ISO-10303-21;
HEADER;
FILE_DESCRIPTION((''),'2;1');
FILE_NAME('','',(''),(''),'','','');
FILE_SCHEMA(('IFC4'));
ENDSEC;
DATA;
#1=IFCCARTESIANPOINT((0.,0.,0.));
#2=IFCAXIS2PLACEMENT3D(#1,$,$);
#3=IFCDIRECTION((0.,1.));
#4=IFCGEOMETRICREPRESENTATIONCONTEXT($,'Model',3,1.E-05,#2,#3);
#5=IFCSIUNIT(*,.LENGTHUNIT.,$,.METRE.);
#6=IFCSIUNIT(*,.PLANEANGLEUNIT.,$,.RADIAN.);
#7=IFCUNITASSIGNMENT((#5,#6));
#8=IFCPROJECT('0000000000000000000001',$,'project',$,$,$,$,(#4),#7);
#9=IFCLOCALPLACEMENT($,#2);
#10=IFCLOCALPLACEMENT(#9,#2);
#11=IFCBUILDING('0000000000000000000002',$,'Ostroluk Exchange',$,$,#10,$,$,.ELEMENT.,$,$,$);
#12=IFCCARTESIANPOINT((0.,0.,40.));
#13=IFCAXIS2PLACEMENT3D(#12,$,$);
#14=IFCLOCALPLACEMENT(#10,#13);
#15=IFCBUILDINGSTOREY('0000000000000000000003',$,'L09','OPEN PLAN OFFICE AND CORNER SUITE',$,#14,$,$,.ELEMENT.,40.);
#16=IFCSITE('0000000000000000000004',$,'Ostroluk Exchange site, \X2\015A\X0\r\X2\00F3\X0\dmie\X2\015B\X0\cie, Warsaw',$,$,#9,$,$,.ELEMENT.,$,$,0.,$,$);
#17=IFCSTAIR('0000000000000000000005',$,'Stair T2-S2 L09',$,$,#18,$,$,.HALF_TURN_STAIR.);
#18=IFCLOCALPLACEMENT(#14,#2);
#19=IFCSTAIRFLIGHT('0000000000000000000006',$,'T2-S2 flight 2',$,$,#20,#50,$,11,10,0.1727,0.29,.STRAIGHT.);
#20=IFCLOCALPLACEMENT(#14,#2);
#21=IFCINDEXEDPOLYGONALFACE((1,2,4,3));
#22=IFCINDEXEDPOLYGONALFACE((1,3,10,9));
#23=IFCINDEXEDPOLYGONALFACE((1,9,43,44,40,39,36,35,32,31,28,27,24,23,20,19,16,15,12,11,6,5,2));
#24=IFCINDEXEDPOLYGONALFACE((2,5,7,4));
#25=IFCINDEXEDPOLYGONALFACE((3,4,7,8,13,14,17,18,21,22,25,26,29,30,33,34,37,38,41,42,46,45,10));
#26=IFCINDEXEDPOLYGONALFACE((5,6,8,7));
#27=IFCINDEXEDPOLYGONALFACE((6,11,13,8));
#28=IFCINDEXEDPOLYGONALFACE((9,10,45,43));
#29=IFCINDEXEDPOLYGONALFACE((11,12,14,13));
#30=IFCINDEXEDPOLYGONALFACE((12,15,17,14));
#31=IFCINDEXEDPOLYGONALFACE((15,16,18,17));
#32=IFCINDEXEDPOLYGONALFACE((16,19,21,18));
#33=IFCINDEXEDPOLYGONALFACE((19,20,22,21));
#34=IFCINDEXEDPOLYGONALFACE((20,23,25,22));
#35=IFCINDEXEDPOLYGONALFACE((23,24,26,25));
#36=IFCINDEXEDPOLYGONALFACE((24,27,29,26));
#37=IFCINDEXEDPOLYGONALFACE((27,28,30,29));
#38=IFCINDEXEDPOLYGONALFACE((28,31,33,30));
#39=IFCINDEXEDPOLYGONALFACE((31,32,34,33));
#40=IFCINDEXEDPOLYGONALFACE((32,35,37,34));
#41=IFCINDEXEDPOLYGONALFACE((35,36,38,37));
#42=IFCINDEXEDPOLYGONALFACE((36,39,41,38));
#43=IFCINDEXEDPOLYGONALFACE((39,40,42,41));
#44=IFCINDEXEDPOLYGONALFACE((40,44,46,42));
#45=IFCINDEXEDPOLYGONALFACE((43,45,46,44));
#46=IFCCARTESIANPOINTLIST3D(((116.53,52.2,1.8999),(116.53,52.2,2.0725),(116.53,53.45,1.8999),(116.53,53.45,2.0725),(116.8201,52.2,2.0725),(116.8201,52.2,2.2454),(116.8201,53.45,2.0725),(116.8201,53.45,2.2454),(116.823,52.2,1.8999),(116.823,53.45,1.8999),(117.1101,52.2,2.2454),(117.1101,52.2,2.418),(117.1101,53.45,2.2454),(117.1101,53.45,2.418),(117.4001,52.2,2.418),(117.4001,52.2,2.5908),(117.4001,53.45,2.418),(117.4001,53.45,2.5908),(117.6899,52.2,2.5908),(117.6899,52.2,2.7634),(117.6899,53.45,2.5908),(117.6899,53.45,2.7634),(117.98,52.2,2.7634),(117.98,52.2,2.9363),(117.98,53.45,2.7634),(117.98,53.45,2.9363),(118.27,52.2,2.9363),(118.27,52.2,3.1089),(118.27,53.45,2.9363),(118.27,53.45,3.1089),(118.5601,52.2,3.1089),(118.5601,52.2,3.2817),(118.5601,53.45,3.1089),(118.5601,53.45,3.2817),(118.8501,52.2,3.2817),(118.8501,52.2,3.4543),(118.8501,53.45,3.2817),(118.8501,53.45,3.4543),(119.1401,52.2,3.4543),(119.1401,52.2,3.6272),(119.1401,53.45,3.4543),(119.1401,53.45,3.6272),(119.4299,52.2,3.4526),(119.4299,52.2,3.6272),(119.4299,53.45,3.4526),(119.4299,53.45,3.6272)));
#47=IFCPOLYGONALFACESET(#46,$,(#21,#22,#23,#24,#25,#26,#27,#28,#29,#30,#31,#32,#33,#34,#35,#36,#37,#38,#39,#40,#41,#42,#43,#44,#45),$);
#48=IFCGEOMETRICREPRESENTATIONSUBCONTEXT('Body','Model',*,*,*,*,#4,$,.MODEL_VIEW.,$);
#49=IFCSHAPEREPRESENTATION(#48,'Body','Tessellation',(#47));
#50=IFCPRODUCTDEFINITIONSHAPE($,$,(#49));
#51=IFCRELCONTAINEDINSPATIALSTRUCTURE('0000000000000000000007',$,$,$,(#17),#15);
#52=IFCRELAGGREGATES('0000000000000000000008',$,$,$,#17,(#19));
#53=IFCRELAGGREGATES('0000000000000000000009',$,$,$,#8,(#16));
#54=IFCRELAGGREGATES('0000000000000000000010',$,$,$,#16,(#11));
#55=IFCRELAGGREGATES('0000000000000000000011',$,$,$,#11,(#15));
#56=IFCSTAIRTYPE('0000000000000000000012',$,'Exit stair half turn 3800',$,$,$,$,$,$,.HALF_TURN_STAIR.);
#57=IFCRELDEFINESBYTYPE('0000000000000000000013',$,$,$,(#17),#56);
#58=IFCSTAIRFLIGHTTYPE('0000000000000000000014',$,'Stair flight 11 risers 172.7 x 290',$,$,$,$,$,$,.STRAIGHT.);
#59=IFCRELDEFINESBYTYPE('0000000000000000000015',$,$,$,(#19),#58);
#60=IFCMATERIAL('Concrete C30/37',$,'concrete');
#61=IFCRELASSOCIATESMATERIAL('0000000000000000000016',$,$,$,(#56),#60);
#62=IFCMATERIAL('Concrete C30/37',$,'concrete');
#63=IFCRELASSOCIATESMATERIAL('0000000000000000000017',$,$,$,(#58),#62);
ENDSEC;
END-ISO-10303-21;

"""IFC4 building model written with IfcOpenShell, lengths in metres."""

from ifc_helpers import new_model, si_unit, direction, frame, origin, place, context, subcontext, project, spatial, polyline, outline, extrude, material, type_object, element, aggregate, save


model = new_model("IFC4")

# Units and contexts
model_context = context("Model", 3, precision=1e-05, world=origin(), true_north=direction((0.0, 1.0)))
body_context = subcontext(model_context, "Body", "Model", "MODEL_VIEW")
ifc_project = project(units=[si_unit("LENGTHUNIT", "METRE"), si_unit("PLANEANGLEUNIT", "RADIAN")], contexts=[model_context])

# Site, building, storey
site_placement = place(None, origin())
site = spatial("IfcSite", under=ifc_project, at=site_placement, Name="Ostroluk Exchange site, Śródmieście, Warsaw", CompositionType="ELEMENT", RefElevation=0.0)
building_placement = place(site_placement, origin())
building = spatial("IfcBuilding", under=site, at=building_placement, Name="Ostroluk Exchange", CompositionType="ELEMENT")
storey_placement = place(building_placement, frame((0.0, 0.0, 40.0)))
storey = spatial("IfcBuildingStorey", under=building, at=storey_placement, Name="L09", Description="OPEN PLAN OFFICE AND CORNER SUITE", CompositionType="ELEMENT", Elevation=40.0)

# Stair, stair flight
ifc_material_1 = material(Name="Concrete C30/37", Category="concrete")
stair_type = type_object("IfcStairType", Name="Exit stair half turn 3800", PredefinedType="HALF_TURN_STAIR", material=ifc_material_1)
stair_placement = place(storey_placement, origin())
stair = element("IfcStair", 1, at=stair_placement, inside=storey, type_object=stair_type, Name="Stair T2-S2 L09", PredefinedType="HALF_TURN_STAIR")
ifc_material_2 = material(Name="Concrete C30/37", Category="concrete")
stair_flight_type = type_object("IfcStairFlightType", Name="Stair flight 11 risers 172.7 x 290", PredefinedType="STRAIGHT", material=ifc_material_2)
stair_flight_placement = place(storey_placement, frame((116.53, 52.825, 1.8999), z_axis=(0.0, 0.0, 1.0), x_axis=(1.0, 0.0, 0.0)))
stair_flight = element("IfcStairFlight", 2, at=stair_flight_placement, type_object=stair_flight_type, Name="T2-S2 flight 2", NumberOfRisers=11, NumberOfTreads=10, PredefinedType="STRAIGHT", RiserHeight=0.1727, TreadLength=0.29, context=body_context, shape_type="SweptSolid", body=[
    extrude(outline(polyline([(0.0, 0.0), (0.0, 0.1726), (0.29, 0.1726), (0.29, 0.3455), (0.5801, 0.3455), (0.5801, 0.5181), (0.8701, 0.5181), (0.8701, 0.6909), (1.1599, 0.6909), (1.1599, 0.8635), (1.45, 0.8635), (1.45, 1.0364), (1.74, 1.0364), (1.74, 1.209), (2.03, 1.209), (2.03, 1.3818), (2.3201, 1.3818), (2.3201, 1.5544), (2.6101, 1.5544), (2.6101, 1.7273), (2.8999, 1.7273), (2.8999, 1.8999), (2.8999, 1.5527), (0.293, 0.0), (0.0, 0.0)])), frame((0.0, 0.625, 0.0), z_axis=(0.0, -1.0, 0.0), x_axis=(1.0, 0.0, 0.0)), (0.0, 0.0, 1.0), 1.25),
])
aggregate(stair, [stair_flight])

save(model, "model.ifc")
